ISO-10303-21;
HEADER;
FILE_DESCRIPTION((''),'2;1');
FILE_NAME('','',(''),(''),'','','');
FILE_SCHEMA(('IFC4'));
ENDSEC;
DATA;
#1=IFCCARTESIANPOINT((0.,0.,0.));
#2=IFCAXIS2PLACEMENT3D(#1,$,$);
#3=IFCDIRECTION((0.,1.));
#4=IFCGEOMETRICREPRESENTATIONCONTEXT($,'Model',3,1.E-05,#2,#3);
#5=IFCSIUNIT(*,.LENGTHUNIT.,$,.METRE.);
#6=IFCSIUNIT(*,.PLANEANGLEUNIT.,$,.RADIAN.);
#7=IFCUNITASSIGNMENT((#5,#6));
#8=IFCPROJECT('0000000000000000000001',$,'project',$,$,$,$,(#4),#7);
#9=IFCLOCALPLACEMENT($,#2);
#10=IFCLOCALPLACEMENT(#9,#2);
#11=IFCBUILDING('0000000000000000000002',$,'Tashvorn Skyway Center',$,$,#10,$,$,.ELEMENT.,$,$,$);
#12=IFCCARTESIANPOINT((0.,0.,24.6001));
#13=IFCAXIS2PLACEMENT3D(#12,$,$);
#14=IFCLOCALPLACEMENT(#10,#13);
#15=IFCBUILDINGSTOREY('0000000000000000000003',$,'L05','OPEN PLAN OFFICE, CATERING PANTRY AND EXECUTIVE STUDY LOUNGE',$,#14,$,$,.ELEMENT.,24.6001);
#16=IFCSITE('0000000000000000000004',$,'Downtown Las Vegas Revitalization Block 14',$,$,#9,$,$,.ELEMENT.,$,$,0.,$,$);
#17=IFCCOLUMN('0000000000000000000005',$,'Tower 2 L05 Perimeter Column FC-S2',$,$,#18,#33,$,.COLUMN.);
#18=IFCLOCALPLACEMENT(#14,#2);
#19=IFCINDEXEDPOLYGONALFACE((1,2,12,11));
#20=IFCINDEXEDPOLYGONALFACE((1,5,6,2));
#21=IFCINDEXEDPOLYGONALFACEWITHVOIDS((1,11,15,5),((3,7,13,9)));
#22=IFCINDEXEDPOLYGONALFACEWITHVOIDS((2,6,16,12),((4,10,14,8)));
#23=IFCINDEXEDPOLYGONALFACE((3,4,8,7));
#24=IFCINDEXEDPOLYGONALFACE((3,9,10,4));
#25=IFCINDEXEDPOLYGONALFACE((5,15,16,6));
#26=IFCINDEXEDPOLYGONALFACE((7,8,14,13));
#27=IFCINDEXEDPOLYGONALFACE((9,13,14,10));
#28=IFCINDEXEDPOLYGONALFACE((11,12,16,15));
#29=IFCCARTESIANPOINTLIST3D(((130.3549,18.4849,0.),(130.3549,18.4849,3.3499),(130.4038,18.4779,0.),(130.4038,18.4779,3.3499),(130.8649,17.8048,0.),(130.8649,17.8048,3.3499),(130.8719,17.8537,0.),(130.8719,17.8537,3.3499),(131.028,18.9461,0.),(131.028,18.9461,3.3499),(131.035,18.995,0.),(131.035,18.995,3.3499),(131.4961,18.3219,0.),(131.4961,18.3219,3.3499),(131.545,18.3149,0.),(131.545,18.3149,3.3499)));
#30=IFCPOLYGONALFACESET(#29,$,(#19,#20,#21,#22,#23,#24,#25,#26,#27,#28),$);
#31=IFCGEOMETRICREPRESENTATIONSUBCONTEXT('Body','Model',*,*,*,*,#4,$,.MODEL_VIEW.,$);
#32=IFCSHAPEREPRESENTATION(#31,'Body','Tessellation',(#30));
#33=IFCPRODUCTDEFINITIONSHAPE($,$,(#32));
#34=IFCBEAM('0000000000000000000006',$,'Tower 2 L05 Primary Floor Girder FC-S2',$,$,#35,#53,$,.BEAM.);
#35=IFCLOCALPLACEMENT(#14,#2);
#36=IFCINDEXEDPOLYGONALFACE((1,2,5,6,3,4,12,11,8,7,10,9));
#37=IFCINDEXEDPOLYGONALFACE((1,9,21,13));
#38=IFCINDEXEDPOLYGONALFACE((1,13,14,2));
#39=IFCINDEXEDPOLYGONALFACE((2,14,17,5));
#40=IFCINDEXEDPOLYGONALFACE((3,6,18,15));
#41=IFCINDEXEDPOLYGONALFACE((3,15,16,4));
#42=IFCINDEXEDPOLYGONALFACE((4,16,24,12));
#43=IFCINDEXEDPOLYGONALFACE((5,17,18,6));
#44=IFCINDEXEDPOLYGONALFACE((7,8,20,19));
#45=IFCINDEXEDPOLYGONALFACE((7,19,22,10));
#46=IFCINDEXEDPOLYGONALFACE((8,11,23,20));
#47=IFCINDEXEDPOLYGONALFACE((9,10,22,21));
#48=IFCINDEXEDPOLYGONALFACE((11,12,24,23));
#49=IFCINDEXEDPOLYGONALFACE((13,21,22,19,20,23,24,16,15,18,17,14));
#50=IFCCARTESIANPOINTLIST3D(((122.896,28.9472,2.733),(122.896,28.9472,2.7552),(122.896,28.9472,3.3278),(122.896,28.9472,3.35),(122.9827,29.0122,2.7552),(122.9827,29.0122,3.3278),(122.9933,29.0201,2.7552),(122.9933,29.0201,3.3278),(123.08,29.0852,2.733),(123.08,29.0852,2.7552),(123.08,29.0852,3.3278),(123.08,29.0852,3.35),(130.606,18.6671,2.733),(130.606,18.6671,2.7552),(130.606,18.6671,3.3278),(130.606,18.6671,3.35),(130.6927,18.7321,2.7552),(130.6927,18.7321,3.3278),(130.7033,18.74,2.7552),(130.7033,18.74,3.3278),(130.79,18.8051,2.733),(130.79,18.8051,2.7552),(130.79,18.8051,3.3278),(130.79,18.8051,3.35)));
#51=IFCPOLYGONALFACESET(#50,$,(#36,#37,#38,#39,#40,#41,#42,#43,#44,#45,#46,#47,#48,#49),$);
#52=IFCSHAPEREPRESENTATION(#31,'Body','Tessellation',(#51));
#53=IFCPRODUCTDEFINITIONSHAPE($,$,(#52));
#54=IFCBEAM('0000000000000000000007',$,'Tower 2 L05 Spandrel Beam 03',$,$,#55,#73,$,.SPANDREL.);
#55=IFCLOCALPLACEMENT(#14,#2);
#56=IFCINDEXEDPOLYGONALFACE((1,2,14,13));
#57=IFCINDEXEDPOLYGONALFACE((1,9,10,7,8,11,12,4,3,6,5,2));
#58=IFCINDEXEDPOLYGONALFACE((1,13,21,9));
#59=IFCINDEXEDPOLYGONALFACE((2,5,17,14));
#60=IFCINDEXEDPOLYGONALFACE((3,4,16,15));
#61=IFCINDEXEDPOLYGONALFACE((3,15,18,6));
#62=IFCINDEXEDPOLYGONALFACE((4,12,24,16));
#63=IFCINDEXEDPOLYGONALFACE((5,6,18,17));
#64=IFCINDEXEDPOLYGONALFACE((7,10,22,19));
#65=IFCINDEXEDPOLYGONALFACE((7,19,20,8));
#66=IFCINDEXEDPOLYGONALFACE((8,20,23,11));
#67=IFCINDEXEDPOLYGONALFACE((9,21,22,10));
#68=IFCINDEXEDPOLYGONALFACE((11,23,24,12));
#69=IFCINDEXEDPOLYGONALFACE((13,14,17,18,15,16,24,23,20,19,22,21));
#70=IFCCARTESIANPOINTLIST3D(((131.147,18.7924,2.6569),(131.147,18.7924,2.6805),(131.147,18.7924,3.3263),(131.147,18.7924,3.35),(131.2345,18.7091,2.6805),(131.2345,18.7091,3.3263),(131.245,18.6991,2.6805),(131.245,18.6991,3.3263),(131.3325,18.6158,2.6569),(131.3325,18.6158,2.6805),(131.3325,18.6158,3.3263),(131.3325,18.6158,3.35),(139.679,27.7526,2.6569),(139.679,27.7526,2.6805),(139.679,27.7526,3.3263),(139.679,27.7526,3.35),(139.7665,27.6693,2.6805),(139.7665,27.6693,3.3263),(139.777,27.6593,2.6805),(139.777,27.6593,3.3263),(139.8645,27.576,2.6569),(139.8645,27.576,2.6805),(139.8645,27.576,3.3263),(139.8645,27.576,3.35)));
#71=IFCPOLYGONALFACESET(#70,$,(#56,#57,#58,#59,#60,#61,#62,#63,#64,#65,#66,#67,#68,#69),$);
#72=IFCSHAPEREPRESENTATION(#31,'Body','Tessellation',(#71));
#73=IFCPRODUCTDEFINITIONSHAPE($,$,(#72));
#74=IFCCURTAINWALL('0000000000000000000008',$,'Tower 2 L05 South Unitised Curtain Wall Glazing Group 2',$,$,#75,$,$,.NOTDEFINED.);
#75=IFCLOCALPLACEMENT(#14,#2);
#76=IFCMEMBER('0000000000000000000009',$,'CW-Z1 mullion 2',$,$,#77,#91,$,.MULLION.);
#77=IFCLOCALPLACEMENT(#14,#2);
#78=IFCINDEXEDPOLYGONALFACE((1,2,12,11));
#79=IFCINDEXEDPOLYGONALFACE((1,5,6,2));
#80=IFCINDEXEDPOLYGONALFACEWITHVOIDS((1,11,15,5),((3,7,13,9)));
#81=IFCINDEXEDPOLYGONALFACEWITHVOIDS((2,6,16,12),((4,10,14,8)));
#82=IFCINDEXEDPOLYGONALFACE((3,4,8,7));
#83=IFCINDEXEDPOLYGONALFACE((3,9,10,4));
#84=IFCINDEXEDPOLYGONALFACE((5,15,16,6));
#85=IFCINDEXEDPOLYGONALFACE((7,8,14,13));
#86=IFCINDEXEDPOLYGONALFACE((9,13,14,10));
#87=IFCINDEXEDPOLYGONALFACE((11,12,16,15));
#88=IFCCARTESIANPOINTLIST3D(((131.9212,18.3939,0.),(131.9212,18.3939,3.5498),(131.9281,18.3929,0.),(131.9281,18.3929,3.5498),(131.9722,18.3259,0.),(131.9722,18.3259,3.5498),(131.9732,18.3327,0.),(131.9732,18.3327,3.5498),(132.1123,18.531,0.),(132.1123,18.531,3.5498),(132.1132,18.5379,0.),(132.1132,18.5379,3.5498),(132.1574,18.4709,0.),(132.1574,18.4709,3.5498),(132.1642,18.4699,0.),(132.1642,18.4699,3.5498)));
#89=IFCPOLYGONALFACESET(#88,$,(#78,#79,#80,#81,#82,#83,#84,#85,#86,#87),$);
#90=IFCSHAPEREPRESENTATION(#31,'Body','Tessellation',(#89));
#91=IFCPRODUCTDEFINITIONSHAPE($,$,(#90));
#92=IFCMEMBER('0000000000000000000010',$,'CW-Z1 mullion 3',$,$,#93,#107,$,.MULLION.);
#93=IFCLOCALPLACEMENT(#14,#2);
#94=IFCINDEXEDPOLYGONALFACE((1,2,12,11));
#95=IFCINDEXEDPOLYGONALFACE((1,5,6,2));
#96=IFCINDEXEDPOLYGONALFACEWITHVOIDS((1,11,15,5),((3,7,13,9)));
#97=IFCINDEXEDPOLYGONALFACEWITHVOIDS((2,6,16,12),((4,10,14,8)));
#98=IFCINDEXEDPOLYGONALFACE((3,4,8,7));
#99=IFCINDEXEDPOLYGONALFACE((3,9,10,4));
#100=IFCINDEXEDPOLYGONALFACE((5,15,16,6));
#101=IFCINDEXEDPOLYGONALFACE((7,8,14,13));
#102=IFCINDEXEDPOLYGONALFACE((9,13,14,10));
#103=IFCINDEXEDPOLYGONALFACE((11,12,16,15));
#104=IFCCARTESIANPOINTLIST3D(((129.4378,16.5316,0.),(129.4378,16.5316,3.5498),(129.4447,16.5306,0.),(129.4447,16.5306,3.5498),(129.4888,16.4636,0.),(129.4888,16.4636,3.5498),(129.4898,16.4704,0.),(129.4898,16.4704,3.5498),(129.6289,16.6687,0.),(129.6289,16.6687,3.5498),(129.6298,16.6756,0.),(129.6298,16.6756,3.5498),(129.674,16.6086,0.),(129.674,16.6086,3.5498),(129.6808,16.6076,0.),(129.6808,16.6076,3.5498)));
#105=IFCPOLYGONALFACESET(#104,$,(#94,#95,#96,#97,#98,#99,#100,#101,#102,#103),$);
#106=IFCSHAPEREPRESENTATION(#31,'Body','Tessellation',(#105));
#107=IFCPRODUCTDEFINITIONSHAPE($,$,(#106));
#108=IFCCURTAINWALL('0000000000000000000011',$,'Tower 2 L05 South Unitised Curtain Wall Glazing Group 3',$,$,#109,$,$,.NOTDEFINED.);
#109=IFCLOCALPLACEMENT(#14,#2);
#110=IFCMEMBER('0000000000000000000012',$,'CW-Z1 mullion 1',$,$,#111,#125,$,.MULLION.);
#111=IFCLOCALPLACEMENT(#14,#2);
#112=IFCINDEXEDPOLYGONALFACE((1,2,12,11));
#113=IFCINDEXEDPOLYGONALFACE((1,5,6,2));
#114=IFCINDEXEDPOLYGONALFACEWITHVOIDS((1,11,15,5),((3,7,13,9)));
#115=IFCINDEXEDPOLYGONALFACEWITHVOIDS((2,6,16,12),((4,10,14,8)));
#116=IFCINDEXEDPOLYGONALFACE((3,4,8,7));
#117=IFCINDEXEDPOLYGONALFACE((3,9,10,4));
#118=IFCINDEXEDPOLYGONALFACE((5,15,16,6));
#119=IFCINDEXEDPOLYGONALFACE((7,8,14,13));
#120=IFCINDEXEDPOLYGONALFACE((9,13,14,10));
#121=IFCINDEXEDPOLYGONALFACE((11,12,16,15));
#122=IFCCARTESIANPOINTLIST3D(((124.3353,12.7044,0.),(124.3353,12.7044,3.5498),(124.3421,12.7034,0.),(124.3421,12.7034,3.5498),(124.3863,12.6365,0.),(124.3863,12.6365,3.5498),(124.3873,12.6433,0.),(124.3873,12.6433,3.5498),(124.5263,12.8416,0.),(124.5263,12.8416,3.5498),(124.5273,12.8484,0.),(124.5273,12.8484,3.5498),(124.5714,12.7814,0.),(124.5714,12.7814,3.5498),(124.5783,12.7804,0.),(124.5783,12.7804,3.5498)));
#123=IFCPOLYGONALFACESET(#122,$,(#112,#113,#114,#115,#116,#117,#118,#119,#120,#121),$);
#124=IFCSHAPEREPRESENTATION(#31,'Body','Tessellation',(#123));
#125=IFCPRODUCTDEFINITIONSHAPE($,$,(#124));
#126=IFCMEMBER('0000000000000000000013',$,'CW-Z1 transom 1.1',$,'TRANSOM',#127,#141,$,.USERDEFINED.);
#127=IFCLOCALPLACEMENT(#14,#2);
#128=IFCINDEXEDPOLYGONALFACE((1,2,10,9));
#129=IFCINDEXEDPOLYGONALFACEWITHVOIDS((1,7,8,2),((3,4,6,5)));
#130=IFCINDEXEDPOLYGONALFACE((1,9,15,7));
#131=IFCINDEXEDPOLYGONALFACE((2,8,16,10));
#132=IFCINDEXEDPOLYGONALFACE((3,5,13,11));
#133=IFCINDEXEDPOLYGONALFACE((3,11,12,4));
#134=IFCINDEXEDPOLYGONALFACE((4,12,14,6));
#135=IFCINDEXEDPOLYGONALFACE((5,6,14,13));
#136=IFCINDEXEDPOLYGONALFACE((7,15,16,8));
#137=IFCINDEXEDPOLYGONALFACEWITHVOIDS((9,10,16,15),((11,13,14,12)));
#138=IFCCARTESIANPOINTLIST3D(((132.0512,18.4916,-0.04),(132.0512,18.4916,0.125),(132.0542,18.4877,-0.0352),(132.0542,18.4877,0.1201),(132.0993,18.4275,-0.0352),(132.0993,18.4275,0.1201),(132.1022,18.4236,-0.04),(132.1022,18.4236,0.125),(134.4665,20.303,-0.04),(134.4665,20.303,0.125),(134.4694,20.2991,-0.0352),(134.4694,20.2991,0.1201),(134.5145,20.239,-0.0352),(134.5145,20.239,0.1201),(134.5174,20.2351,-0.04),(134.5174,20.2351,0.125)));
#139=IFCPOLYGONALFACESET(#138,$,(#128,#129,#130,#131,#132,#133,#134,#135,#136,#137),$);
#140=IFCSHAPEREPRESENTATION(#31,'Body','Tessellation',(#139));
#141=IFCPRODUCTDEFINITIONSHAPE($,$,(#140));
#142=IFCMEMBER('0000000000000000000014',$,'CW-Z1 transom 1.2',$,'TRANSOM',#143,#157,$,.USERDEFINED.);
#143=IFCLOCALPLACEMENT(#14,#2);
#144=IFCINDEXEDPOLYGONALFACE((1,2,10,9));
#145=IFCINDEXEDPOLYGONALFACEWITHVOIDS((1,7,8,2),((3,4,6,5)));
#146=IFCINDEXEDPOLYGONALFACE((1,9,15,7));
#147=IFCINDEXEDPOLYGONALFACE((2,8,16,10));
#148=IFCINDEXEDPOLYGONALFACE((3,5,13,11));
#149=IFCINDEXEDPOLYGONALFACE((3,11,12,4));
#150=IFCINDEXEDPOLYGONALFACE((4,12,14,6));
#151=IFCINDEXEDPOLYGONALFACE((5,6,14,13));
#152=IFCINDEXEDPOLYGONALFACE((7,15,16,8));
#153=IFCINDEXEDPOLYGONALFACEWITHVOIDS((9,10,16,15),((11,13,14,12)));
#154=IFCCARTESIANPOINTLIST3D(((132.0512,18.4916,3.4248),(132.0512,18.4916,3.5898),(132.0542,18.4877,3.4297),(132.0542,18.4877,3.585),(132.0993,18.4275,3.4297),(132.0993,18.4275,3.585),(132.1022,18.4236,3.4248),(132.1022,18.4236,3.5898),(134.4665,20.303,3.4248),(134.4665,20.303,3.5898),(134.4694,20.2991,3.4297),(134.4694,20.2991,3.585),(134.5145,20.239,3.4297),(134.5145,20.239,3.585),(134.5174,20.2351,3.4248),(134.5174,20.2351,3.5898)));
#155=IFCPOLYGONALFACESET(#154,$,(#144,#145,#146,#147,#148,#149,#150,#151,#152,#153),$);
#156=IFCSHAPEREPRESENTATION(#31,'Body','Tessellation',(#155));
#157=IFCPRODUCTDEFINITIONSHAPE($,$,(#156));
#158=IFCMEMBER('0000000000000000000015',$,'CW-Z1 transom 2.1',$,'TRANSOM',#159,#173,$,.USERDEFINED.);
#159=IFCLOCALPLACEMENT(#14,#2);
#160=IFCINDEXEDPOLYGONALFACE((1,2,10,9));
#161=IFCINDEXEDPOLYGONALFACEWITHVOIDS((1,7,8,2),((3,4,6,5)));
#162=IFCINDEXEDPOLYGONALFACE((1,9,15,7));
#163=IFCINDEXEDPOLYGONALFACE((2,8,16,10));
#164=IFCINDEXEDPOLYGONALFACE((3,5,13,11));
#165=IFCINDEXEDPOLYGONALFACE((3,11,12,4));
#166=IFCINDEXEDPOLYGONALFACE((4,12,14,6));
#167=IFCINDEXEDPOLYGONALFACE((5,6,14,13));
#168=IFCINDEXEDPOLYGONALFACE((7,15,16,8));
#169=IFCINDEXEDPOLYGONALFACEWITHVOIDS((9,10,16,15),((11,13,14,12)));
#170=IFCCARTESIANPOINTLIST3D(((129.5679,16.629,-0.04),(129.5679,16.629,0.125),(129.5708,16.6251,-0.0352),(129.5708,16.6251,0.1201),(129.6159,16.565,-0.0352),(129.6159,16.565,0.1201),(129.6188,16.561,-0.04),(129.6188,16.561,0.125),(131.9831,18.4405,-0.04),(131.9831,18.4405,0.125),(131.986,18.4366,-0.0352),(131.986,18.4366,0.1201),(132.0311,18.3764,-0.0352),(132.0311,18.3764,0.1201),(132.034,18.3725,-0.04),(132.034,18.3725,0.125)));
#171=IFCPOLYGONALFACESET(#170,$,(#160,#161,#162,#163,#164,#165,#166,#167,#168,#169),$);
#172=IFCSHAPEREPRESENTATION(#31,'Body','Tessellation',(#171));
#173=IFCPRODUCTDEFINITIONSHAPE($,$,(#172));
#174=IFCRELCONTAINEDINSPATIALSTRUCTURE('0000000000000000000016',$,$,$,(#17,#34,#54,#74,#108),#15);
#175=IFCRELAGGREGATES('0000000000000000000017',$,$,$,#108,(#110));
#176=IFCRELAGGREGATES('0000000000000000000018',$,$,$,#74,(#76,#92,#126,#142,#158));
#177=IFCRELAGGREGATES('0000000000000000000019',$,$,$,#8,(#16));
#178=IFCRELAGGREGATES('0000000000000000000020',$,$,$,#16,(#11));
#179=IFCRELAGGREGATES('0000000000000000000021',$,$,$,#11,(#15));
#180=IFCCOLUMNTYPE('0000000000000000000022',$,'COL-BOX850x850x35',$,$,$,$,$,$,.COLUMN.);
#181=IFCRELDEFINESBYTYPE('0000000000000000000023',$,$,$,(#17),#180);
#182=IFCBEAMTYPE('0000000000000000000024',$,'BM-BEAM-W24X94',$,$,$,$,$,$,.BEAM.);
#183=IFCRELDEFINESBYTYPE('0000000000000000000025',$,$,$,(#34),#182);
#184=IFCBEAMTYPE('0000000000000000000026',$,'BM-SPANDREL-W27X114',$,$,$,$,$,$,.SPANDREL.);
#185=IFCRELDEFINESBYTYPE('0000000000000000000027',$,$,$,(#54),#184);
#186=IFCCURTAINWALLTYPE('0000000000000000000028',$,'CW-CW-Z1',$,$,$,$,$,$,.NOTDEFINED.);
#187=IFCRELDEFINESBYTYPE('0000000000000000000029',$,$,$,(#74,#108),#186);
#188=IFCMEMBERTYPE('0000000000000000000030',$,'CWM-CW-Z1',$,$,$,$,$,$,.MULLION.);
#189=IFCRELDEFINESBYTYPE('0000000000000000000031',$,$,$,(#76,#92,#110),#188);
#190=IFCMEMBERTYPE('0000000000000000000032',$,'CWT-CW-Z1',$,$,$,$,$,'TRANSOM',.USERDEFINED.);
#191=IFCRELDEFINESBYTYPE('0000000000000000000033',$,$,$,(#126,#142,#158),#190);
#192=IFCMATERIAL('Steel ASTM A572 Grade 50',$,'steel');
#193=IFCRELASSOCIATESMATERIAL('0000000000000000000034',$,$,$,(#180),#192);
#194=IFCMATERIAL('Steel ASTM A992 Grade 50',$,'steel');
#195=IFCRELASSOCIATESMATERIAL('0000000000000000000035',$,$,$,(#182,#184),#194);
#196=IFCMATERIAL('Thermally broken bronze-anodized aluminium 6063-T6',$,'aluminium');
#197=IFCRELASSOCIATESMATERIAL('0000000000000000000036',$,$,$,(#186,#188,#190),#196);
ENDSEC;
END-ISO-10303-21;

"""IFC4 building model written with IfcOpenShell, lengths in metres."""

from ifc_helpers import new_model, si_unit, direction, frame, origin, origin_2d, place, context, subcontext, project, spatial, hollow_rectangle, i_section, extrude, material, material_profile, profile_set, type_object, element, aggregate, save


model = new_model("IFC4")

# Units and contexts
model_context = context("Model", 3, precision=1e-05, world=origin(), true_north=direction((0.0, 1.0)))
body_context = subcontext(model_context, "Body", "Model", "MODEL_VIEW")
ifc_project = project(units=[si_unit("LENGTHUNIT", "METRE"), si_unit("PLANEANGLEUNIT", "RADIAN")], contexts=[model_context])

# Site, building, storey
site_placement = place(None, origin())
site = spatial("IfcSite", under=ifc_project, at=site_placement, Name="Downtown Las Vegas Revitalization Block 14", CompositionType="ELEMENT", RefElevation=0.0)
building_placement = place(site_placement, origin())
building = spatial("IfcBuilding", under=site, at=building_placement, Name="Tashvorn Skyway Center", CompositionType="ELEMENT")
storey_placement = place(building_placement, frame((0.0, 0.0, 24.6001)))
storey = spatial("IfcBuildingStorey", under=building, at=storey_placement, Name="L05", Description="OPEN PLAN OFFICE, CATERING PANTRY AND EXECUTIVE STUDY LOUNGE", CompositionType="ELEMENT", Elevation=24.6001)

# Column
ifc_material_1 = material(Name="Steel ASTM A572 Grade 50", Category="steel")
ifc_material_profile_1 = material_profile(ifc_material_1, hollow_rectangle(XDim=0.8501, YDim=0.8501, WallThickness=0.0349, at=origin_2d()), Name="BOX850x850x35")
ifc_profile_set_1 = profile_set([ifc_material_profile_1], Name="Steel ASTM A572 Grade 50")
column_type = type_object("IfcColumnType", Name="COL-BOX850x850x35", PredefinedType="COLUMN", material=ifc_profile_set_1)
column_placement = place(storey_placement, frame((130.95, 18.3999, 0.0), z_axis=(0.0, 0.0, 1.0), x_axis=(0.8, 0.6, 0.0)))
element("IfcColumn", 1, at=column_placement, inside=storey, type_object=column_type, Name="Tower 2 L05 Perimeter Column FC-S2", PredefinedType="COLUMN", context=body_context, shape_type="SweptSolid", body=[
    extrude(hollow_rectangle(XDim=0.8501, YDim=0.8501, WallThickness=0.0349, at=origin_2d()), origin(), (0.0, 0.0, 1.0), 3.3499),
])

# Beams
ifc_material_2 = material(Name="Steel ASTM A992 Grade 50", Category="steel")
ifc_material_profile_2 = material_profile(ifc_material_2, i_section(OverallWidth=0.23, OverallDepth=0.6169, WebThickness=0.0132, FlangeThickness=0.0222, at=origin_2d()), Name="W24X94")
ifc_profile_set_2 = profile_set([ifc_material_profile_2], Name="Steel ASTM A992 Grade 50")
beam_type_1 = type_object("IfcBeamType", Name="BM-BEAM-W24X94", PredefinedType="BEAM", material=ifc_profile_set_2)
beam_1_placement = place(storey_placement, frame((130.698, 18.7361, 3.0415), z_axis=(-0.599997, 0.800002, 0.0), x_axis=(-0.800002, -0.599997, 0.0)))
element("IfcBeam", 2, at=beam_1_placement, inside=storey, type_object=beam_type_1, Name="Tower 2 L05 Primary Floor Girder FC-S2", PredefinedType="BEAM", context=body_context, shape_type="SweptSolid", body=[
    extrude(i_section(OverallWidth=0.23, OverallDepth=0.6169, WebThickness=0.0132, FlangeThickness=0.0222, at=origin_2d()), origin(), (0.0, 0.0, 1.0), 12.8501),
])
ifc_material_profile_3 = material_profile(ifc_material_2, i_section(OverallWidth=0.2561, OverallDepth=0.6931, WebThickness=0.0144, FlangeThickness=0.0237, at=origin_2d()), Name="W27X114")
ifc_profile_set_3 = profile_set([ifc_material_profile_3], Name="Steel ASTM A992 Grade 50")
beam_type_2 = type_object("IfcBeamType", Name="BM-SPANDREL-W27X114", PredefinedType="SPANDREL", material=ifc_profile_set_3)
beam_2_placement = place(storey_placement, frame((131.2397, 18.7041, 3.0034), z_axis=(0.68959, 0.7242, 0.0), x_axis=(-0.7242, 0.68959, 0.0)))
element("IfcBeam", 3, at=beam_2_placement, inside=storey, type_object=beam_type_2, Name="Tower 2 L05 Spandrel Beam 03", PredefinedType="SPANDREL", context=body_context, shape_type="SweptSolid", body=[
    extrude(i_section(OverallWidth=0.2561, OverallDepth=0.6931, WebThickness=0.0144, FlangeThickness=0.0237, at=origin_2d()), origin(), (0.0, 0.0, 1.0), 12.3726),
])

# Curtain wall, members
ifc_material_3 = material(Name="Thermally broken bronze-anodized aluminium 6063-T6", Category="aluminium")
curtain_wall_type = type_object("IfcCurtainWallType", Name="CW-CW-Z1", PredefinedType="NOTDEFINED", material=ifc_material_3)
curtain_wall_1_placement = place(storey_placement, origin())
curtain_wall_1 = element("IfcCurtainWall", 4, at=curtain_wall_1_placement, inside=storey, type_object=curtain_wall_type, Name="Tower 2 L05 South Unitised Curtain Wall Glazing Group 2", PredefinedType="NOTDEFINED")
ifc_material_profile_4 = material_profile(ifc_material_3, hollow_rectangle(XDim=0.085, YDim=0.24, WallThickness=0.0049, at=origin_2d()), Name="ALU-MULL-85x240")
ifc_profile_set_4 = profile_set([ifc_material_profile_4], Name="Thermally broken bronze-anodized aluminium 6063-T6")
member_type_1 = type_object("IfcMemberType", Name="CWM-CW-Z1", PredefinedType="MULLION", material=ifc_profile_set_4)
member_1_placement = place(storey_placement, frame((132.0427, 18.4319, 0.0), z_axis=(0.0, 0.0, 1.0), x_axis=(0.599997, -0.800002, 0.0)))
member_1 = element("IfcMember", 5, at=member_1_placement, type_object=member_type_1, Name="CW-Z1 mullion 2", PredefinedType="MULLION", context=body_context, shape_type="SweptSolid", body=[
    extrude(hollow_rectangle(XDim=0.085, YDim=0.24, WallThickness=0.0049, at=origin_2d()), origin(), (0.0, 0.0, 1.0), 3.5498),
])
member_2_placement = place(storey_placement, frame((129.5593, 16.5696, 0.0), z_axis=(0.0, 0.0, 1.0), x_axis=(0.599997, -0.800002, 0.0)))
member_2 = element("IfcMember", 6, at=member_2_placement, type_object=member_type_1, Name="CW-Z1 mullion 3", PredefinedType="MULLION", context=body_context, shape_type="SweptSolid", body=[
    extrude(hollow_rectangle(XDim=0.085, YDim=0.24, WallThickness=0.0049, at=origin_2d()), origin(), (0.0, 0.0, 1.0), 3.5498),
])

# Curtain wall, member
curtain_wall_2_placement = place(storey_placement, origin())
curtain_wall_2 = element("IfcCurtainWall", 7, at=curtain_wall_2_placement, inside=storey, type_object=curtain_wall_type, Name="Tower 2 L05 South Unitised Curtain Wall Glazing Group 3", PredefinedType="NOTDEFINED")
member_3_placement = place(storey_placement, frame((124.4568, 12.7424, 0.0), z_axis=(0.0, 0.0, 1.0), x_axis=(0.599997, -0.800002, 0.0)))
member_3 = element("IfcMember", 8, at=member_3_placement, type_object=member_type_1, Name="CW-Z1 mullion 1", PredefinedType="MULLION", context=body_context, shape_type="SweptSolid", body=[
    extrude(hollow_rectangle(XDim=0.085, YDim=0.24, WallThickness=0.0049, at=origin_2d()), origin(), (0.0, 0.0, 1.0), 3.5498),
])

# Members
ifc_material_profile_5 = material_profile(ifc_material_3, hollow_rectangle(XDim=0.085, YDim=0.165, WallThickness=0.0049, at=origin_2d()), Name="ALU-TRAN-85x165")
ifc_profile_set_5 = profile_set([ifc_material_profile_5], Name="Thermally broken bronze-anodized aluminium 6063-T6")
member_type_2 = type_object("IfcMemberType", Name="CWT-CW-Z1", ElementType="TRANSOM", PredefinedType="USERDEFINED", material=ifc_profile_set_5)
member_4_placement = place(storey_placement, frame((134.4919, 20.269, 0.0425), z_axis=(-0.79999, -0.600013, 0.0), x_axis=(0.600013, -0.79999, 0.0)))
member_4 = element("IfcMember", 9, at=member_4_placement, type_object=member_type_2, Name="CW-Z1 transom 1.1", ObjectType="TRANSOM", PredefinedType="USERDEFINED", context=body_context, shape_type="SweptSolid", body=[
    extrude(hollow_rectangle(XDim=0.085, YDim=0.165, WallThickness=0.0049, at=origin_2d()), origin(), (0.0, 0.0, 1.0), 3.019),
])
member_5_placement = place(storey_placement, frame((134.4919, 20.269, 3.5073), z_axis=(-0.79999, -0.600013, 0.0), x_axis=(0.600013, -0.79999, 0.0)))
member_5 = element("IfcMember", 10, at=member_5_placement, type_object=member_type_2, Name="CW-Z1 transom 1.2", ObjectType="TRANSOM", PredefinedType="USERDEFINED", context=body_context, shape_type="SweptSolid", body=[
    extrude(hollow_rectangle(XDim=0.085, YDim=0.165, WallThickness=0.0049, at=origin_2d()), origin(), (0.0, 0.0, 1.0), 3.019),
])
member_6_placement = place(storey_placement, frame((132.0085, 18.4065, 0.0425), z_axis=(-0.79999, -0.600013, 0.0), x_axis=(0.600013, -0.79999, 0.0)))
member_6 = element("IfcMember", 11, at=member_6_placement, type_object=member_type_2, Name="CW-Z1 transom 2.1", ObjectType="TRANSOM", PredefinedType="USERDEFINED", context=body_context, shape_type="SweptSolid", body=[
    extrude(hollow_rectangle(XDim=0.085, YDim=0.165, WallThickness=0.0049, at=origin_2d()), origin(), (0.0, 0.0, 1.0), 3.019),
])
aggregate(curtain_wall_2, [member_3])

aggregate(curtain_wall_1, [member_1, member_2, member_4, member_5, member_6])

save(model, "model.ifc")
